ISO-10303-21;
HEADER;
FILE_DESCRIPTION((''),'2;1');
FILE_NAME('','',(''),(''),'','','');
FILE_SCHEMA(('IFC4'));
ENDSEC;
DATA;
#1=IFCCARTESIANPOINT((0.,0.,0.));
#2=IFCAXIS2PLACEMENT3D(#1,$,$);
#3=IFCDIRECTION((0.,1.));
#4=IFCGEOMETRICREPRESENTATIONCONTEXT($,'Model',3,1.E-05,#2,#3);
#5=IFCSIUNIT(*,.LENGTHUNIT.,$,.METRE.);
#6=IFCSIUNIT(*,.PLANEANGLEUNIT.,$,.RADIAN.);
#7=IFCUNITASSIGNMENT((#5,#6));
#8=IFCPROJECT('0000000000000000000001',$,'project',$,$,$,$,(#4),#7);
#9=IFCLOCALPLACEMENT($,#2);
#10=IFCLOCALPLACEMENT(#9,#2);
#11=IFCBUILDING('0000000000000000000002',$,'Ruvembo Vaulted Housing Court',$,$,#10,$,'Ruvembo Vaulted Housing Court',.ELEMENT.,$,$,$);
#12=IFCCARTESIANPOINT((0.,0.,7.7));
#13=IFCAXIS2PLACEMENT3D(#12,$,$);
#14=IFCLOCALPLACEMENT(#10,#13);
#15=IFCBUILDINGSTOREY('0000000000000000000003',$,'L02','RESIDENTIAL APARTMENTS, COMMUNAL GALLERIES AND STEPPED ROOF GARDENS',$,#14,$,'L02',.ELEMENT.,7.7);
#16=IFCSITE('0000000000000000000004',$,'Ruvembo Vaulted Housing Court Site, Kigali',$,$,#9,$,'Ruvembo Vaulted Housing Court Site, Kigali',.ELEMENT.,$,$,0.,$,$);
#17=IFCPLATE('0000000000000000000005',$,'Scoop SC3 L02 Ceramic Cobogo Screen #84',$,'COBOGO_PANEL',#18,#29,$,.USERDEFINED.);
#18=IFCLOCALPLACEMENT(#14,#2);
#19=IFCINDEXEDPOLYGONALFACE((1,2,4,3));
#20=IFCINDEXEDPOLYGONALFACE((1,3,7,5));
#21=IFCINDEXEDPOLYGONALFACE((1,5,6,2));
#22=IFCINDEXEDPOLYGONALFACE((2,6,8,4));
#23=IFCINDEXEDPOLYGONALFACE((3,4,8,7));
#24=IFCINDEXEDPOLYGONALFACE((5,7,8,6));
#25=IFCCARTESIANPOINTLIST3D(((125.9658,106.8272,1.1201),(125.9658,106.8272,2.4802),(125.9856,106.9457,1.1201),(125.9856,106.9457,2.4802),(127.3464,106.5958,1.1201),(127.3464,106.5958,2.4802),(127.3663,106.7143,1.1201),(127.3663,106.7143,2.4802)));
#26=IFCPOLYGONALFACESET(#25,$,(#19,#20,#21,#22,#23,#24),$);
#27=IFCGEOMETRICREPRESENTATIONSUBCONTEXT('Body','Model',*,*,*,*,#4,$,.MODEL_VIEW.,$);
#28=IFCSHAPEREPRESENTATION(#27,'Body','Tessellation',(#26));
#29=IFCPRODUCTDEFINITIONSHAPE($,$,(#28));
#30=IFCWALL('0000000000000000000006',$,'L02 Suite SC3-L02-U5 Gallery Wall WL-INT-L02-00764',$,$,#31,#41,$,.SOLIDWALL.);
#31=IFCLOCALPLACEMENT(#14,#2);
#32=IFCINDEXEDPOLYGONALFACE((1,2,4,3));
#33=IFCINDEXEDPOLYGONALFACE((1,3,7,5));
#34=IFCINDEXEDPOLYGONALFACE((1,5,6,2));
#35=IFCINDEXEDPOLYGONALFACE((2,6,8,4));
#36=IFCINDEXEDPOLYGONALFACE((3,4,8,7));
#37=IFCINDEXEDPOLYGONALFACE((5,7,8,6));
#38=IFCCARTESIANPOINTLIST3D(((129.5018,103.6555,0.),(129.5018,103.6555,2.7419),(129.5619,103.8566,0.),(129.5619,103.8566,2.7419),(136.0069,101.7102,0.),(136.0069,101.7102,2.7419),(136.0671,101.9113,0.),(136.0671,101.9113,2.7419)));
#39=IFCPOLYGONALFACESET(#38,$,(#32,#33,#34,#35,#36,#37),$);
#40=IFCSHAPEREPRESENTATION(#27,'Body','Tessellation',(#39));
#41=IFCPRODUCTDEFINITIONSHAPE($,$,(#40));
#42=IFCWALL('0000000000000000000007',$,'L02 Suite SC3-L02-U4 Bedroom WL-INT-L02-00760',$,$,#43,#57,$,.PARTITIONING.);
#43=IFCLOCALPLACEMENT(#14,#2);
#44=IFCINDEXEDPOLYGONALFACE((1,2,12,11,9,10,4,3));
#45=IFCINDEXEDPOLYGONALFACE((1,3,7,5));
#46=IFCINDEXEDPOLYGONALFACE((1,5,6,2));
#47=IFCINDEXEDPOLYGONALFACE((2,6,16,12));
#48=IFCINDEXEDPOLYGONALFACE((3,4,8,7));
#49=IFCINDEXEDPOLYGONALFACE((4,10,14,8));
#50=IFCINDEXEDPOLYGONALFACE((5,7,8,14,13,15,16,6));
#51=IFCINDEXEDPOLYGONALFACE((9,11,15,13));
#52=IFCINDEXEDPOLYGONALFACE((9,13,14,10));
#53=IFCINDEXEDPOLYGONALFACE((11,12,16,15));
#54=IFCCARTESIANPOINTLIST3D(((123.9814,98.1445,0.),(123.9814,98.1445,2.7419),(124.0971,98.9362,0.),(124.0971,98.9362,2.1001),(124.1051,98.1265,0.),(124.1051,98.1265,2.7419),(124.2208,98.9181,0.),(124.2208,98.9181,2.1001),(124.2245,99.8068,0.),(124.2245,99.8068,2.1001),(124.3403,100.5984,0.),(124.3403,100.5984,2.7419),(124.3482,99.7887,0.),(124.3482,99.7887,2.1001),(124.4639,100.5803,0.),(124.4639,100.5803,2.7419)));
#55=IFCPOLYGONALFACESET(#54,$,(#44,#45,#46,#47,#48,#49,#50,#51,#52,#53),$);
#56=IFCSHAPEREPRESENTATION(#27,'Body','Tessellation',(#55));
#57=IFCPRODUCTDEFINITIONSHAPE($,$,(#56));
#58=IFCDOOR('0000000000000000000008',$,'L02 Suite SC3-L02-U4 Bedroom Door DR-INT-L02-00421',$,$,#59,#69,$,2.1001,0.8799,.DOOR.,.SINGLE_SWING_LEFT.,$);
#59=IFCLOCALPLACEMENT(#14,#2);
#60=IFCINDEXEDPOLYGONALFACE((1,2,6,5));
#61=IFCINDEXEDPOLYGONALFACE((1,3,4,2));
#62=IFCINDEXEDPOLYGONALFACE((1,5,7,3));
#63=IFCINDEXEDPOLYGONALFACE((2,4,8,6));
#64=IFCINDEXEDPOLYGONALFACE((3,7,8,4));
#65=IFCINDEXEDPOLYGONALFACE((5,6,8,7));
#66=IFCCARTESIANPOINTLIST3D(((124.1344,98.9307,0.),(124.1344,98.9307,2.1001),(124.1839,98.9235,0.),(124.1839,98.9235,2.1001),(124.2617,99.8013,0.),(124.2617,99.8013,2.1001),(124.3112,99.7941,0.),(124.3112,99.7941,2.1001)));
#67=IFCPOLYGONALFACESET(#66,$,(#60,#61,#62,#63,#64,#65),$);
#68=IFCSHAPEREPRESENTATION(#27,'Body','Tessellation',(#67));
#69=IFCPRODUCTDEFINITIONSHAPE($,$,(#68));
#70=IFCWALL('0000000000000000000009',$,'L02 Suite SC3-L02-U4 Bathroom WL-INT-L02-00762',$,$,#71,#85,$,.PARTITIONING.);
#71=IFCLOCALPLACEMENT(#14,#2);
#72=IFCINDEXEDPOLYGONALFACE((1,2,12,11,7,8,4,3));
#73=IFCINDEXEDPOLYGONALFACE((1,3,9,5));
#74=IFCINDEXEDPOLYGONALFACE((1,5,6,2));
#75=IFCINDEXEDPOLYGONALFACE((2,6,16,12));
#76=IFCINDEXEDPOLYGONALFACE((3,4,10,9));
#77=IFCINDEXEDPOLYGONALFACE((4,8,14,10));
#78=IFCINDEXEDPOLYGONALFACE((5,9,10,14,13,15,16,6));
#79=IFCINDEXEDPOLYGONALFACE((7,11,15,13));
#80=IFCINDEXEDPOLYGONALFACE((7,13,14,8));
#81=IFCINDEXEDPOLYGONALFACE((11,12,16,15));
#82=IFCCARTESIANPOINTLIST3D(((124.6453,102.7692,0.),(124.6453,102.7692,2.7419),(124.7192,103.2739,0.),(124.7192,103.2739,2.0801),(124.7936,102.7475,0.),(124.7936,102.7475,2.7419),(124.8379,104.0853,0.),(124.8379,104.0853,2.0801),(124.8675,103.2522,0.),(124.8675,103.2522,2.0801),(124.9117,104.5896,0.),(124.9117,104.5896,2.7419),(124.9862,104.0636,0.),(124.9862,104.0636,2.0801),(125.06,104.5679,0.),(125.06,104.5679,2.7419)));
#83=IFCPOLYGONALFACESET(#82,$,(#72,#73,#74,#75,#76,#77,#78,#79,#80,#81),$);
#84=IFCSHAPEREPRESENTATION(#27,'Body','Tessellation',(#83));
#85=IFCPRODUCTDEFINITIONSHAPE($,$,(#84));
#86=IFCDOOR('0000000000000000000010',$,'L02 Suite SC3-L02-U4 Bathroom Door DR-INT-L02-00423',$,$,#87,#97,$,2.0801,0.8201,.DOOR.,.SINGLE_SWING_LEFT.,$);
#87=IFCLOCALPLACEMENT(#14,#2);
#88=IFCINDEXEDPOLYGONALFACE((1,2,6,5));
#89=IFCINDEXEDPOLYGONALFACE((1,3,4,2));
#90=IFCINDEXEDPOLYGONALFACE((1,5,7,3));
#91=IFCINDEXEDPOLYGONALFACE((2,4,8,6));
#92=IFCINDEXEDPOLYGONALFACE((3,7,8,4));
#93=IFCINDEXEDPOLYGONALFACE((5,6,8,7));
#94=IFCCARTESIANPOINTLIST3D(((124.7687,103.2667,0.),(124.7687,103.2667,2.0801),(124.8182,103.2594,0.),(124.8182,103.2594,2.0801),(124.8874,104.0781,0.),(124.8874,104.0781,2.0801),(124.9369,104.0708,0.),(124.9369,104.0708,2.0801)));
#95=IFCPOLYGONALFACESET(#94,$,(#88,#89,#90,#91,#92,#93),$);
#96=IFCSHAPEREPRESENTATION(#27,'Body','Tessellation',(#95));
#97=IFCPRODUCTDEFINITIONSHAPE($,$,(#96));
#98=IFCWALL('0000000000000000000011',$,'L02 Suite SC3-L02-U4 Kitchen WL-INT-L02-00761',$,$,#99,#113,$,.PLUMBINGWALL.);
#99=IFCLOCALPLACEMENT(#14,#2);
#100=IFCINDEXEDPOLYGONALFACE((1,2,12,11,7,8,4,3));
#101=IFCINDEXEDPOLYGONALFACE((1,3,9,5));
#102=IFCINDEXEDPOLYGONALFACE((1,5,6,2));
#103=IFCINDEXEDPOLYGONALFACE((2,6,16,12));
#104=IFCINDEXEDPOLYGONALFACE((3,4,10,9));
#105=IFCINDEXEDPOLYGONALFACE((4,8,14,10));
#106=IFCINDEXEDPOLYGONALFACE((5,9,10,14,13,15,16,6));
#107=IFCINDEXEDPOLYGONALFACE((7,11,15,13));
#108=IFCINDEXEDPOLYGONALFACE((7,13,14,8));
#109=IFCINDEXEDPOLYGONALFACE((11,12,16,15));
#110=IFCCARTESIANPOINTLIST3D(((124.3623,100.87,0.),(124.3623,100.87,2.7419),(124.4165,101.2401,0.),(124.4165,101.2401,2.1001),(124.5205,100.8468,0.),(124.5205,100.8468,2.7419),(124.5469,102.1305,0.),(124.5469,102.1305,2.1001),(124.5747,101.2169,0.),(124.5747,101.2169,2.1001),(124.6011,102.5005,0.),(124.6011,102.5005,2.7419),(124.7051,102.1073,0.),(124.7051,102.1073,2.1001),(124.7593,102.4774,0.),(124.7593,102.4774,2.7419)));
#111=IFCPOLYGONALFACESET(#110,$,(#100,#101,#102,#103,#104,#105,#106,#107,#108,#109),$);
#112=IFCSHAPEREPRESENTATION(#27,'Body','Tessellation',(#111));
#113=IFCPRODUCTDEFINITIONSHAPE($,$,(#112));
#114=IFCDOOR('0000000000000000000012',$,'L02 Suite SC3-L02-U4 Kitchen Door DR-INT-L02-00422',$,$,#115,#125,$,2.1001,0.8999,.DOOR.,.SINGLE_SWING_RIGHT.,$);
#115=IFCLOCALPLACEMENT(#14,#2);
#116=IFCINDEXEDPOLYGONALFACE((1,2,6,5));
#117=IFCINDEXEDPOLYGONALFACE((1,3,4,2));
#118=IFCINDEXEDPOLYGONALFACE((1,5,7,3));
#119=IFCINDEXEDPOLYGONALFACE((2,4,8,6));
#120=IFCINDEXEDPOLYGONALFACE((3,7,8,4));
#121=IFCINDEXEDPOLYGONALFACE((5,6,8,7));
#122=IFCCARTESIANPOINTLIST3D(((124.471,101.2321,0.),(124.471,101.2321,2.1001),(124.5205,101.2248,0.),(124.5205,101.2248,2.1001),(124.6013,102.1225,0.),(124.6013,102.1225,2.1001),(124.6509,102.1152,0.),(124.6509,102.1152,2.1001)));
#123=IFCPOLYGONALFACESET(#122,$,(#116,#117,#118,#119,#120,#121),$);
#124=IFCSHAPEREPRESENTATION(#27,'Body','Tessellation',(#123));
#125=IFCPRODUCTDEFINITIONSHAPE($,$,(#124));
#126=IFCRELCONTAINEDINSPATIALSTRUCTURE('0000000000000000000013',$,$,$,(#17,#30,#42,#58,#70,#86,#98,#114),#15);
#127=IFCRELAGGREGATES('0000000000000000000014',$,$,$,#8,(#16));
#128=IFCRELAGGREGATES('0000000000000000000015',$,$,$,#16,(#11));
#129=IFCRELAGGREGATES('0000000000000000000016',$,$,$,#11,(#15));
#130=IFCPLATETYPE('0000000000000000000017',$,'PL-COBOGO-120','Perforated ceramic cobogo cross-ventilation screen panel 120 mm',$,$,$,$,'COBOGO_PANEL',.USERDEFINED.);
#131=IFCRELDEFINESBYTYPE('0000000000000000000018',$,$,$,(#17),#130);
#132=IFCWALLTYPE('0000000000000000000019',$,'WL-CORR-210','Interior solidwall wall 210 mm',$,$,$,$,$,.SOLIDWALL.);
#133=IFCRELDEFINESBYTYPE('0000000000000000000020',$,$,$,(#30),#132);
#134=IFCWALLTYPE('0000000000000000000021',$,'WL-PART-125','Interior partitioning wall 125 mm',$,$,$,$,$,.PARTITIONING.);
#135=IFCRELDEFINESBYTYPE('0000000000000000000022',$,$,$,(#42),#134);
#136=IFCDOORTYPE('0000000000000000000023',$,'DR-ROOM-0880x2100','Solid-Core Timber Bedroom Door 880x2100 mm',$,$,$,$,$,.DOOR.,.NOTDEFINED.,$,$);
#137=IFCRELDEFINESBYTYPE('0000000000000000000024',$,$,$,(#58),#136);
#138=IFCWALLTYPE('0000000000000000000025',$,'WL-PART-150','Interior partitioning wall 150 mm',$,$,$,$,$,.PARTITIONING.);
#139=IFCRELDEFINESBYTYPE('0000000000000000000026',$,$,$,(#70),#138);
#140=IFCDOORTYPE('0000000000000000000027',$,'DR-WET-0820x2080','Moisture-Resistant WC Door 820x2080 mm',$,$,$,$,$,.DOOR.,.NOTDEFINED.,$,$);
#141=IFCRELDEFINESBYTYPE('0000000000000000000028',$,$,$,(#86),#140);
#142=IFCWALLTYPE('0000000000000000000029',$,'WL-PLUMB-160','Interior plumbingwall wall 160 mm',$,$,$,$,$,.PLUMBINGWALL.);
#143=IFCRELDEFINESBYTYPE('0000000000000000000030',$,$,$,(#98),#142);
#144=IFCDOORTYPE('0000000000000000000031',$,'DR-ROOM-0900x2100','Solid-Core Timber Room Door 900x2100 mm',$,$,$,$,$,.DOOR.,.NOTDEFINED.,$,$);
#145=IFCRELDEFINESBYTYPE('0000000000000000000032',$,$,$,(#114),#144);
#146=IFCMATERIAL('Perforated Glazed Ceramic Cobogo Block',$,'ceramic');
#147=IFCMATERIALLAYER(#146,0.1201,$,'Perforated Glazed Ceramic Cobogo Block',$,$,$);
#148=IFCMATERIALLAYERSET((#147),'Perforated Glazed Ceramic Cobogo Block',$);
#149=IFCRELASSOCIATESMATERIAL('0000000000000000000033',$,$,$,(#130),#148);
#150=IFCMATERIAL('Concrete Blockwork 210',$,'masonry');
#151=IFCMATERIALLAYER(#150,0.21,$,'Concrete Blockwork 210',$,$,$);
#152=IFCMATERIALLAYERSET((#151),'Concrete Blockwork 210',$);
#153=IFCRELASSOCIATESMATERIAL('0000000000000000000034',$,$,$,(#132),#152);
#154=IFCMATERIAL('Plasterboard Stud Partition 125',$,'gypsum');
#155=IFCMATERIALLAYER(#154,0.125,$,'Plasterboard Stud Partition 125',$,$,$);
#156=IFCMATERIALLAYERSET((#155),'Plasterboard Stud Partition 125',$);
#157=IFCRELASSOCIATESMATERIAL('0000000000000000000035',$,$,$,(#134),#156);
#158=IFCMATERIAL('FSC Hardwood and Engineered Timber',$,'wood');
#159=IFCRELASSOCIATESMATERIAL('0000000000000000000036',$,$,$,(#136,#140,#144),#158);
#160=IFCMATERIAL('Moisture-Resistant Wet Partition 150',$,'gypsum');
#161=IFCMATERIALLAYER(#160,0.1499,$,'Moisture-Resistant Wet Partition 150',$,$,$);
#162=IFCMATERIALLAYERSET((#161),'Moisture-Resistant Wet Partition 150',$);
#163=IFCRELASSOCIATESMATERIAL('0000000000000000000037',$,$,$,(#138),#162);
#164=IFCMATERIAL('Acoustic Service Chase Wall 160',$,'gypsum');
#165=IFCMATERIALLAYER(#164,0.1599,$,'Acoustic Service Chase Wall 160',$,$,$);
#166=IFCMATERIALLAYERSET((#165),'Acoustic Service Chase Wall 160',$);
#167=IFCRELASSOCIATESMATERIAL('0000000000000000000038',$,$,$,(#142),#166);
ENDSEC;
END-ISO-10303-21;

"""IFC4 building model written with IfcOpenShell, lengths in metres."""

from ifc_helpers import new_model, si_unit, direction, frame, frame_2d, origin, origin_2d, place, context, subcontext, project, spatial, rectangle, extrude, material, layer, layer_set, type_object, element, fill, save


model = new_model("IFC4")

# Units and contexts
model_context = context("Model", 3, precision=1e-05, world=origin(), true_north=direction((0.0, 1.0)))
body_context = subcontext(model_context, "Body", "Model", "MODEL_VIEW")
ifc_project = project(units=[si_unit("LENGTHUNIT", "METRE"), si_unit("PLANEANGLEUNIT", "RADIAN")], contexts=[model_context])

# Site, building, storey
site_placement = place(None, origin())
site = spatial("IfcSite", under=ifc_project, at=site_placement, Name="Ruvembo Vaulted Housing Court Site, Kigali", LongName="Ruvembo Vaulted Housing Court Site, Kigali", CompositionType="ELEMENT", RefElevation=0.0)
building_placement = place(site_placement, origin())
building = spatial("IfcBuilding", under=site, at=building_placement, Name="Ruvembo Vaulted Housing Court", LongName="Ruvembo Vaulted Housing Court", CompositionType="ELEMENT")
storey_placement = place(building_placement, frame((0.0, 0.0, 7.7)))
storey = spatial("IfcBuildingStorey", under=building, at=storey_placement, Name="L02", Description="RESIDENTIAL APARTMENTS, COMMUNAL GALLERIES AND STEPPED ROOF GARDENS", LongName="L02", CompositionType="ELEMENT", Elevation=7.7)

# Plate
ifc_material_1 = material(Name="Perforated Glazed Ceramic Cobogo Block", Category="ceramic")
ifc_layer_1 = layer(ifc_material_1, 0.1201, Name="Perforated Glazed Ceramic Cobogo Block")
ifc_layer_set_1 = layer_set([ifc_layer_1], Name="Perforated Glazed Ceramic Cobogo Block")
plate_type_1 = type_object("IfcPlateType", Name="PL-COBOGO-120", Description="Perforated ceramic cobogo cross-ventilation screen panel 120 mm", ElementType="COBOGO_PANEL", PredefinedType="USERDEFINED", material=ifc_layer_set_1)
plate_1_placement = place(storey_placement, frame((126.666, 106.7708, 1.1201), z_axis=(0.0, 0.0, 1.0), x_axis=(0.986245, -0.165289, 0.0)))
element("IfcPlate", 1, at=plate_1_placement, inside=storey, type_object=plate_type_1, Name="Scoop SC3 L02 Ceramic Cobogo Screen #84", ObjectType="COBOGO_PANEL", PredefinedType="USERDEFINED", context=body_context, shape_type="SweptSolid", body=[
    extrude(rectangle(XDim=1.3999, YDim=0.1201, at=origin_2d()), origin(), (0.0, 0.0, 1.0), 1.3601),
])

# Shared definitions
ifc_material_2 = material(Name="Concrete Blockwork 210", Category="masonry")
ifc_layer_2 = layer(ifc_material_2, 0.21, Name="Concrete Blockwork 210")
ifc_layer_set_2 = layer_set([ifc_layer_2], Name="Concrete Blockwork 210")
wall_type_1 = type_object("IfcWallType", Name="WL-CORR-210", Description="Interior solidwall wall 210 mm", PredefinedType="SOLIDWALL", material=ifc_layer_set_2)
ifc_material_3 = material(Name="FSC Hardwood and Engineered Timber", Category="wood")

# Wall
wall_1_placement = place(storey_placement, frame((129.5317, 103.7561, 0.0), z_axis=(0.0, 0.0, 1.0), x_axis=(0.958078, -0.286507, 0.0)))
element("IfcWall", 2, at=wall_1_placement, inside=storey, type_object=wall_type_1, Name="L02 Suite SC3-L02-U5 Gallery Wall WL-INT-L02-00764", PredefinedType="SOLIDWALL", context=body_context, shape_type="SweptSolid", body=[
    extrude(rectangle(XDim=6.7898, YDim=0.21, at=frame_2d((3.395, 0.0))), origin(), (0.0, 0.0, 1.0), 2.7419),
])

# Walls, openings, doors
ifc_material_4 = material(Name="Plasterboard Stud Partition 125", Category="gypsum")
ifc_layer_3 = layer(ifc_material_4, 0.125, Name="Plasterboard Stud Partition 125")
ifc_layer_set_3 = layer_set([ifc_layer_3], Name="Plasterboard Stud Partition 125")
wall_type_2 = type_object("IfcWallType", Name="WL-PART-125", Description="Interior partitioning wall 125 mm", PredefinedType="PARTITIONING", material=ifc_layer_set_3)
wall_2_placement = place(storey_placement, frame((124.0432, 98.1355, 0.0), z_axis=(0.0, 0.0, 1.0), x_axis=(0.144715, 0.989473, 0.0)))
wall_2 = element("IfcWall", 3, at=wall_2_placement, inside=storey, type_object=wall_type_2, Name="L02 Suite SC3-L02-U4 Bedroom WL-INT-L02-00760", PredefinedType="PARTITIONING", context=body_context, shape_type="SweptSolid", body=[
    extrude(rectangle(XDim=2.48, YDim=0.125, at=frame_2d((1.24, 0.0))), origin(), (0.0, 0.0, 1.0), 2.7419),
])
opening_1_placement = place(wall_2_placement, frame((0.8, 0.0, 0.0)))
opening_1 = element("IfcOpeningElement", 4, at=opening_1_placement, cuts=wall_2, PredefinedType="OPENING", context=body_context, shape_type="SweptSolid", body=[
    extrude(rectangle(XDim=0.8799, YDim=2.1001, at=frame_2d((0.4399, 1.05))), frame((0.0, 0.0725, 0.0), z_axis=(0.0, -1.0, 0.0), x_axis=(1.0, 0.0, 0.0)), (0.0, 0.0, 1.0), 0.145),
])
door_type_1 = type_object("IfcDoorType", Name="DR-ROOM-0880x2100", Description="Solid-Core Timber Bedroom Door 880x2100 mm", OperationType="NOTDEFINED", PredefinedType="DOOR", material=ifc_material_3)
door_1_placement = place(opening_1_placement, origin())
door_1 = element("IfcDoor", 5, at=door_1_placement, inside=storey, type_object=door_type_1, Name="L02 Suite SC3-L02-U4 Bedroom Door DR-INT-L02-00421", OperationType="SINGLE_SWING_LEFT", OverallHeight=2.1001, OverallWidth=0.8799, PredefinedType="DOOR", context=body_context, shape_type="SweptSolid", body=[
    extrude(rectangle(XDim=0.8799, YDim=2.1001, at=frame_2d((0.4399, 1.05))), frame((0.0, 0.0249, 0.0), z_axis=(0.0, -1.0, 0.0), x_axis=(1.0, 0.0, 0.0)), (0.0, 0.0, 1.0), 0.05),
])
fill(opening_1, door_1)
ifc_material_5 = material(Name="Moisture-Resistant Wet Partition 150", Category="gypsum")
ifc_layer_4 = layer(ifc_material_5, 0.1499, Name="Moisture-Resistant Wet Partition 150")
ifc_layer_set_4 = layer_set([ifc_layer_4], Name="Moisture-Resistant Wet Partition 150")
wall_type_3 = type_object("IfcWallType", Name="WL-PART-150", Description="Interior partitioning wall 150 mm", PredefinedType="PARTITIONING", material=ifc_layer_set_4)
wall_3_placement = place(storey_placement, frame((124.7195, 102.7583, 0.0), z_axis=(0.0, 0.0, 1.0), x_axis=(0.144764, 0.989466, 0.0)))
wall_3 = element("IfcWall", 6, at=wall_3_placement, inside=storey, type_object=wall_type_3, Name="L02 Suite SC3-L02-U4 Bathroom WL-INT-L02-00762", PredefinedType="PARTITIONING", context=body_context, shape_type="SweptSolid", body=[
    extrude(rectangle(XDim=1.8398, YDim=0.1499, at=frame_2d((0.9199, 0.0))), origin(), (0.0, 0.0, 1.0), 2.7419),
])
opening_2_placement = place(wall_3_placement, frame((0.51, 0.0, 0.0)))
opening_2 = element("IfcOpeningElement", 7, at=opening_2_placement, cuts=wall_3, PredefinedType="OPENING", context=body_context, shape_type="SweptSolid", body=[
    extrude(rectangle(XDim=0.8201, YDim=2.0801, at=frame_2d((0.4102, 1.04))), frame((0.0, 0.085, 0.0), z_axis=(0.0, -1.0, 0.0), x_axis=(1.0, 0.0, 0.0)), (0.0, 0.0, 1.0), 0.1699),
])
door_type_2 = type_object("IfcDoorType", Name="DR-WET-0820x2080", Description="Moisture-Resistant WC Door 820x2080 mm", OperationType="NOTDEFINED", PredefinedType="DOOR", material=ifc_material_3)
door_2_placement = place(opening_2_placement, origin())
door_2 = element("IfcDoor", 8, at=door_2_placement, inside=storey, type_object=door_type_2, Name="L02 Suite SC3-L02-U4 Bathroom Door DR-INT-L02-00423", OperationType="SINGLE_SWING_LEFT", OverallHeight=2.0801, OverallWidth=0.8201, PredefinedType="DOOR", context=body_context, shape_type="SweptSolid", body=[
    extrude(rectangle(XDim=0.8201, YDim=2.0801, at=frame_2d((0.4102, 1.04))), frame((0.0, 0.0249, 0.0), z_axis=(0.0, -1.0, 0.0), x_axis=(1.0, 0.0, 0.0)), (0.0, 0.0, 1.0), 0.05),
])
fill(opening_2, door_2)
ifc_material_6 = material(Name="Acoustic Service Chase Wall 160", Category="gypsum")
ifc_layer_5 = layer(ifc_material_6, 0.1599, Name="Acoustic Service Chase Wall 160")
ifc_layer_set_5 = layer_set([ifc_layer_5], Name="Acoustic Service Chase Wall 160")
wall_type_4 = type_object("IfcWallType", Name="WL-PLUMB-160", Description="Interior plumbingwall wall 160 mm", PredefinedType="PLUMBINGWALL", material=ifc_layer_set_5)
wall_4_placement = place(storey_placement, frame((124.4414, 100.8584, 0.0), z_axis=(0.0, 0.0, 1.0), x_axis=(0.144884, 0.989449, 0.0)))
wall_4 = element("IfcWall", 9, at=wall_4_placement, inside=storey, type_object=wall_type_4, Name="L02 Suite SC3-L02-U4 Kitchen WL-INT-L02-00761", PredefinedType="PLUMBINGWALL", context=body_context, shape_type="SweptSolid", body=[
    extrude(rectangle(XDim=1.6479, YDim=0.1599, at=frame_2d((0.824, 0.0))), origin(), (0.0, 0.0, 1.0), 2.7419),
])
opening_3_placement = place(wall_4_placement, frame((0.374, 0.0, 0.0)))
opening_3 = element("IfcOpeningElement", 10, at=opening_3_placement, cuts=wall_4, PredefinedType="OPENING", context=body_context, shape_type="SweptSolid", body=[
    extrude(rectangle(XDim=0.8999, YDim=2.1001, at=frame_2d((0.45, 1.05))), frame((0.0, 0.0898, 0.0), z_axis=(0.0, -1.0, 0.0), x_axis=(1.0, 0.0, 0.0)), (0.0, 0.0, 1.0), 0.1799),
])
door_type_3 = type_object("IfcDoorType", Name="DR-ROOM-0900x2100", Description="Solid-Core Timber Room Door 900x2100 mm", OperationType="NOTDEFINED", PredefinedType="DOOR", material=ifc_material_3)
door_3_placement = place(opening_3_placement, origin())
door_3 = element("IfcDoor", 11, at=door_3_placement, inside=storey, type_object=door_type_3, Name="L02 Suite SC3-L02-U4 Kitchen Door DR-INT-L02-00422", OperationType="SINGLE_SWING_RIGHT", OverallHeight=2.1001, OverallWidth=0.8999, PredefinedType="DOOR", context=body_context, shape_type="SweptSolid", body=[
    extrude(rectangle(XDim=0.8999, YDim=2.1001, at=frame_2d((0.45, 1.05))), frame((0.0, 0.0249, 0.0), z_axis=(0.0, -1.0, 0.0), x_axis=(1.0, 0.0, 0.0)), (0.0, 0.0, 1.0), 0.05),
])
fill(opening_3, door_3)

save(model, "model.ifc")
